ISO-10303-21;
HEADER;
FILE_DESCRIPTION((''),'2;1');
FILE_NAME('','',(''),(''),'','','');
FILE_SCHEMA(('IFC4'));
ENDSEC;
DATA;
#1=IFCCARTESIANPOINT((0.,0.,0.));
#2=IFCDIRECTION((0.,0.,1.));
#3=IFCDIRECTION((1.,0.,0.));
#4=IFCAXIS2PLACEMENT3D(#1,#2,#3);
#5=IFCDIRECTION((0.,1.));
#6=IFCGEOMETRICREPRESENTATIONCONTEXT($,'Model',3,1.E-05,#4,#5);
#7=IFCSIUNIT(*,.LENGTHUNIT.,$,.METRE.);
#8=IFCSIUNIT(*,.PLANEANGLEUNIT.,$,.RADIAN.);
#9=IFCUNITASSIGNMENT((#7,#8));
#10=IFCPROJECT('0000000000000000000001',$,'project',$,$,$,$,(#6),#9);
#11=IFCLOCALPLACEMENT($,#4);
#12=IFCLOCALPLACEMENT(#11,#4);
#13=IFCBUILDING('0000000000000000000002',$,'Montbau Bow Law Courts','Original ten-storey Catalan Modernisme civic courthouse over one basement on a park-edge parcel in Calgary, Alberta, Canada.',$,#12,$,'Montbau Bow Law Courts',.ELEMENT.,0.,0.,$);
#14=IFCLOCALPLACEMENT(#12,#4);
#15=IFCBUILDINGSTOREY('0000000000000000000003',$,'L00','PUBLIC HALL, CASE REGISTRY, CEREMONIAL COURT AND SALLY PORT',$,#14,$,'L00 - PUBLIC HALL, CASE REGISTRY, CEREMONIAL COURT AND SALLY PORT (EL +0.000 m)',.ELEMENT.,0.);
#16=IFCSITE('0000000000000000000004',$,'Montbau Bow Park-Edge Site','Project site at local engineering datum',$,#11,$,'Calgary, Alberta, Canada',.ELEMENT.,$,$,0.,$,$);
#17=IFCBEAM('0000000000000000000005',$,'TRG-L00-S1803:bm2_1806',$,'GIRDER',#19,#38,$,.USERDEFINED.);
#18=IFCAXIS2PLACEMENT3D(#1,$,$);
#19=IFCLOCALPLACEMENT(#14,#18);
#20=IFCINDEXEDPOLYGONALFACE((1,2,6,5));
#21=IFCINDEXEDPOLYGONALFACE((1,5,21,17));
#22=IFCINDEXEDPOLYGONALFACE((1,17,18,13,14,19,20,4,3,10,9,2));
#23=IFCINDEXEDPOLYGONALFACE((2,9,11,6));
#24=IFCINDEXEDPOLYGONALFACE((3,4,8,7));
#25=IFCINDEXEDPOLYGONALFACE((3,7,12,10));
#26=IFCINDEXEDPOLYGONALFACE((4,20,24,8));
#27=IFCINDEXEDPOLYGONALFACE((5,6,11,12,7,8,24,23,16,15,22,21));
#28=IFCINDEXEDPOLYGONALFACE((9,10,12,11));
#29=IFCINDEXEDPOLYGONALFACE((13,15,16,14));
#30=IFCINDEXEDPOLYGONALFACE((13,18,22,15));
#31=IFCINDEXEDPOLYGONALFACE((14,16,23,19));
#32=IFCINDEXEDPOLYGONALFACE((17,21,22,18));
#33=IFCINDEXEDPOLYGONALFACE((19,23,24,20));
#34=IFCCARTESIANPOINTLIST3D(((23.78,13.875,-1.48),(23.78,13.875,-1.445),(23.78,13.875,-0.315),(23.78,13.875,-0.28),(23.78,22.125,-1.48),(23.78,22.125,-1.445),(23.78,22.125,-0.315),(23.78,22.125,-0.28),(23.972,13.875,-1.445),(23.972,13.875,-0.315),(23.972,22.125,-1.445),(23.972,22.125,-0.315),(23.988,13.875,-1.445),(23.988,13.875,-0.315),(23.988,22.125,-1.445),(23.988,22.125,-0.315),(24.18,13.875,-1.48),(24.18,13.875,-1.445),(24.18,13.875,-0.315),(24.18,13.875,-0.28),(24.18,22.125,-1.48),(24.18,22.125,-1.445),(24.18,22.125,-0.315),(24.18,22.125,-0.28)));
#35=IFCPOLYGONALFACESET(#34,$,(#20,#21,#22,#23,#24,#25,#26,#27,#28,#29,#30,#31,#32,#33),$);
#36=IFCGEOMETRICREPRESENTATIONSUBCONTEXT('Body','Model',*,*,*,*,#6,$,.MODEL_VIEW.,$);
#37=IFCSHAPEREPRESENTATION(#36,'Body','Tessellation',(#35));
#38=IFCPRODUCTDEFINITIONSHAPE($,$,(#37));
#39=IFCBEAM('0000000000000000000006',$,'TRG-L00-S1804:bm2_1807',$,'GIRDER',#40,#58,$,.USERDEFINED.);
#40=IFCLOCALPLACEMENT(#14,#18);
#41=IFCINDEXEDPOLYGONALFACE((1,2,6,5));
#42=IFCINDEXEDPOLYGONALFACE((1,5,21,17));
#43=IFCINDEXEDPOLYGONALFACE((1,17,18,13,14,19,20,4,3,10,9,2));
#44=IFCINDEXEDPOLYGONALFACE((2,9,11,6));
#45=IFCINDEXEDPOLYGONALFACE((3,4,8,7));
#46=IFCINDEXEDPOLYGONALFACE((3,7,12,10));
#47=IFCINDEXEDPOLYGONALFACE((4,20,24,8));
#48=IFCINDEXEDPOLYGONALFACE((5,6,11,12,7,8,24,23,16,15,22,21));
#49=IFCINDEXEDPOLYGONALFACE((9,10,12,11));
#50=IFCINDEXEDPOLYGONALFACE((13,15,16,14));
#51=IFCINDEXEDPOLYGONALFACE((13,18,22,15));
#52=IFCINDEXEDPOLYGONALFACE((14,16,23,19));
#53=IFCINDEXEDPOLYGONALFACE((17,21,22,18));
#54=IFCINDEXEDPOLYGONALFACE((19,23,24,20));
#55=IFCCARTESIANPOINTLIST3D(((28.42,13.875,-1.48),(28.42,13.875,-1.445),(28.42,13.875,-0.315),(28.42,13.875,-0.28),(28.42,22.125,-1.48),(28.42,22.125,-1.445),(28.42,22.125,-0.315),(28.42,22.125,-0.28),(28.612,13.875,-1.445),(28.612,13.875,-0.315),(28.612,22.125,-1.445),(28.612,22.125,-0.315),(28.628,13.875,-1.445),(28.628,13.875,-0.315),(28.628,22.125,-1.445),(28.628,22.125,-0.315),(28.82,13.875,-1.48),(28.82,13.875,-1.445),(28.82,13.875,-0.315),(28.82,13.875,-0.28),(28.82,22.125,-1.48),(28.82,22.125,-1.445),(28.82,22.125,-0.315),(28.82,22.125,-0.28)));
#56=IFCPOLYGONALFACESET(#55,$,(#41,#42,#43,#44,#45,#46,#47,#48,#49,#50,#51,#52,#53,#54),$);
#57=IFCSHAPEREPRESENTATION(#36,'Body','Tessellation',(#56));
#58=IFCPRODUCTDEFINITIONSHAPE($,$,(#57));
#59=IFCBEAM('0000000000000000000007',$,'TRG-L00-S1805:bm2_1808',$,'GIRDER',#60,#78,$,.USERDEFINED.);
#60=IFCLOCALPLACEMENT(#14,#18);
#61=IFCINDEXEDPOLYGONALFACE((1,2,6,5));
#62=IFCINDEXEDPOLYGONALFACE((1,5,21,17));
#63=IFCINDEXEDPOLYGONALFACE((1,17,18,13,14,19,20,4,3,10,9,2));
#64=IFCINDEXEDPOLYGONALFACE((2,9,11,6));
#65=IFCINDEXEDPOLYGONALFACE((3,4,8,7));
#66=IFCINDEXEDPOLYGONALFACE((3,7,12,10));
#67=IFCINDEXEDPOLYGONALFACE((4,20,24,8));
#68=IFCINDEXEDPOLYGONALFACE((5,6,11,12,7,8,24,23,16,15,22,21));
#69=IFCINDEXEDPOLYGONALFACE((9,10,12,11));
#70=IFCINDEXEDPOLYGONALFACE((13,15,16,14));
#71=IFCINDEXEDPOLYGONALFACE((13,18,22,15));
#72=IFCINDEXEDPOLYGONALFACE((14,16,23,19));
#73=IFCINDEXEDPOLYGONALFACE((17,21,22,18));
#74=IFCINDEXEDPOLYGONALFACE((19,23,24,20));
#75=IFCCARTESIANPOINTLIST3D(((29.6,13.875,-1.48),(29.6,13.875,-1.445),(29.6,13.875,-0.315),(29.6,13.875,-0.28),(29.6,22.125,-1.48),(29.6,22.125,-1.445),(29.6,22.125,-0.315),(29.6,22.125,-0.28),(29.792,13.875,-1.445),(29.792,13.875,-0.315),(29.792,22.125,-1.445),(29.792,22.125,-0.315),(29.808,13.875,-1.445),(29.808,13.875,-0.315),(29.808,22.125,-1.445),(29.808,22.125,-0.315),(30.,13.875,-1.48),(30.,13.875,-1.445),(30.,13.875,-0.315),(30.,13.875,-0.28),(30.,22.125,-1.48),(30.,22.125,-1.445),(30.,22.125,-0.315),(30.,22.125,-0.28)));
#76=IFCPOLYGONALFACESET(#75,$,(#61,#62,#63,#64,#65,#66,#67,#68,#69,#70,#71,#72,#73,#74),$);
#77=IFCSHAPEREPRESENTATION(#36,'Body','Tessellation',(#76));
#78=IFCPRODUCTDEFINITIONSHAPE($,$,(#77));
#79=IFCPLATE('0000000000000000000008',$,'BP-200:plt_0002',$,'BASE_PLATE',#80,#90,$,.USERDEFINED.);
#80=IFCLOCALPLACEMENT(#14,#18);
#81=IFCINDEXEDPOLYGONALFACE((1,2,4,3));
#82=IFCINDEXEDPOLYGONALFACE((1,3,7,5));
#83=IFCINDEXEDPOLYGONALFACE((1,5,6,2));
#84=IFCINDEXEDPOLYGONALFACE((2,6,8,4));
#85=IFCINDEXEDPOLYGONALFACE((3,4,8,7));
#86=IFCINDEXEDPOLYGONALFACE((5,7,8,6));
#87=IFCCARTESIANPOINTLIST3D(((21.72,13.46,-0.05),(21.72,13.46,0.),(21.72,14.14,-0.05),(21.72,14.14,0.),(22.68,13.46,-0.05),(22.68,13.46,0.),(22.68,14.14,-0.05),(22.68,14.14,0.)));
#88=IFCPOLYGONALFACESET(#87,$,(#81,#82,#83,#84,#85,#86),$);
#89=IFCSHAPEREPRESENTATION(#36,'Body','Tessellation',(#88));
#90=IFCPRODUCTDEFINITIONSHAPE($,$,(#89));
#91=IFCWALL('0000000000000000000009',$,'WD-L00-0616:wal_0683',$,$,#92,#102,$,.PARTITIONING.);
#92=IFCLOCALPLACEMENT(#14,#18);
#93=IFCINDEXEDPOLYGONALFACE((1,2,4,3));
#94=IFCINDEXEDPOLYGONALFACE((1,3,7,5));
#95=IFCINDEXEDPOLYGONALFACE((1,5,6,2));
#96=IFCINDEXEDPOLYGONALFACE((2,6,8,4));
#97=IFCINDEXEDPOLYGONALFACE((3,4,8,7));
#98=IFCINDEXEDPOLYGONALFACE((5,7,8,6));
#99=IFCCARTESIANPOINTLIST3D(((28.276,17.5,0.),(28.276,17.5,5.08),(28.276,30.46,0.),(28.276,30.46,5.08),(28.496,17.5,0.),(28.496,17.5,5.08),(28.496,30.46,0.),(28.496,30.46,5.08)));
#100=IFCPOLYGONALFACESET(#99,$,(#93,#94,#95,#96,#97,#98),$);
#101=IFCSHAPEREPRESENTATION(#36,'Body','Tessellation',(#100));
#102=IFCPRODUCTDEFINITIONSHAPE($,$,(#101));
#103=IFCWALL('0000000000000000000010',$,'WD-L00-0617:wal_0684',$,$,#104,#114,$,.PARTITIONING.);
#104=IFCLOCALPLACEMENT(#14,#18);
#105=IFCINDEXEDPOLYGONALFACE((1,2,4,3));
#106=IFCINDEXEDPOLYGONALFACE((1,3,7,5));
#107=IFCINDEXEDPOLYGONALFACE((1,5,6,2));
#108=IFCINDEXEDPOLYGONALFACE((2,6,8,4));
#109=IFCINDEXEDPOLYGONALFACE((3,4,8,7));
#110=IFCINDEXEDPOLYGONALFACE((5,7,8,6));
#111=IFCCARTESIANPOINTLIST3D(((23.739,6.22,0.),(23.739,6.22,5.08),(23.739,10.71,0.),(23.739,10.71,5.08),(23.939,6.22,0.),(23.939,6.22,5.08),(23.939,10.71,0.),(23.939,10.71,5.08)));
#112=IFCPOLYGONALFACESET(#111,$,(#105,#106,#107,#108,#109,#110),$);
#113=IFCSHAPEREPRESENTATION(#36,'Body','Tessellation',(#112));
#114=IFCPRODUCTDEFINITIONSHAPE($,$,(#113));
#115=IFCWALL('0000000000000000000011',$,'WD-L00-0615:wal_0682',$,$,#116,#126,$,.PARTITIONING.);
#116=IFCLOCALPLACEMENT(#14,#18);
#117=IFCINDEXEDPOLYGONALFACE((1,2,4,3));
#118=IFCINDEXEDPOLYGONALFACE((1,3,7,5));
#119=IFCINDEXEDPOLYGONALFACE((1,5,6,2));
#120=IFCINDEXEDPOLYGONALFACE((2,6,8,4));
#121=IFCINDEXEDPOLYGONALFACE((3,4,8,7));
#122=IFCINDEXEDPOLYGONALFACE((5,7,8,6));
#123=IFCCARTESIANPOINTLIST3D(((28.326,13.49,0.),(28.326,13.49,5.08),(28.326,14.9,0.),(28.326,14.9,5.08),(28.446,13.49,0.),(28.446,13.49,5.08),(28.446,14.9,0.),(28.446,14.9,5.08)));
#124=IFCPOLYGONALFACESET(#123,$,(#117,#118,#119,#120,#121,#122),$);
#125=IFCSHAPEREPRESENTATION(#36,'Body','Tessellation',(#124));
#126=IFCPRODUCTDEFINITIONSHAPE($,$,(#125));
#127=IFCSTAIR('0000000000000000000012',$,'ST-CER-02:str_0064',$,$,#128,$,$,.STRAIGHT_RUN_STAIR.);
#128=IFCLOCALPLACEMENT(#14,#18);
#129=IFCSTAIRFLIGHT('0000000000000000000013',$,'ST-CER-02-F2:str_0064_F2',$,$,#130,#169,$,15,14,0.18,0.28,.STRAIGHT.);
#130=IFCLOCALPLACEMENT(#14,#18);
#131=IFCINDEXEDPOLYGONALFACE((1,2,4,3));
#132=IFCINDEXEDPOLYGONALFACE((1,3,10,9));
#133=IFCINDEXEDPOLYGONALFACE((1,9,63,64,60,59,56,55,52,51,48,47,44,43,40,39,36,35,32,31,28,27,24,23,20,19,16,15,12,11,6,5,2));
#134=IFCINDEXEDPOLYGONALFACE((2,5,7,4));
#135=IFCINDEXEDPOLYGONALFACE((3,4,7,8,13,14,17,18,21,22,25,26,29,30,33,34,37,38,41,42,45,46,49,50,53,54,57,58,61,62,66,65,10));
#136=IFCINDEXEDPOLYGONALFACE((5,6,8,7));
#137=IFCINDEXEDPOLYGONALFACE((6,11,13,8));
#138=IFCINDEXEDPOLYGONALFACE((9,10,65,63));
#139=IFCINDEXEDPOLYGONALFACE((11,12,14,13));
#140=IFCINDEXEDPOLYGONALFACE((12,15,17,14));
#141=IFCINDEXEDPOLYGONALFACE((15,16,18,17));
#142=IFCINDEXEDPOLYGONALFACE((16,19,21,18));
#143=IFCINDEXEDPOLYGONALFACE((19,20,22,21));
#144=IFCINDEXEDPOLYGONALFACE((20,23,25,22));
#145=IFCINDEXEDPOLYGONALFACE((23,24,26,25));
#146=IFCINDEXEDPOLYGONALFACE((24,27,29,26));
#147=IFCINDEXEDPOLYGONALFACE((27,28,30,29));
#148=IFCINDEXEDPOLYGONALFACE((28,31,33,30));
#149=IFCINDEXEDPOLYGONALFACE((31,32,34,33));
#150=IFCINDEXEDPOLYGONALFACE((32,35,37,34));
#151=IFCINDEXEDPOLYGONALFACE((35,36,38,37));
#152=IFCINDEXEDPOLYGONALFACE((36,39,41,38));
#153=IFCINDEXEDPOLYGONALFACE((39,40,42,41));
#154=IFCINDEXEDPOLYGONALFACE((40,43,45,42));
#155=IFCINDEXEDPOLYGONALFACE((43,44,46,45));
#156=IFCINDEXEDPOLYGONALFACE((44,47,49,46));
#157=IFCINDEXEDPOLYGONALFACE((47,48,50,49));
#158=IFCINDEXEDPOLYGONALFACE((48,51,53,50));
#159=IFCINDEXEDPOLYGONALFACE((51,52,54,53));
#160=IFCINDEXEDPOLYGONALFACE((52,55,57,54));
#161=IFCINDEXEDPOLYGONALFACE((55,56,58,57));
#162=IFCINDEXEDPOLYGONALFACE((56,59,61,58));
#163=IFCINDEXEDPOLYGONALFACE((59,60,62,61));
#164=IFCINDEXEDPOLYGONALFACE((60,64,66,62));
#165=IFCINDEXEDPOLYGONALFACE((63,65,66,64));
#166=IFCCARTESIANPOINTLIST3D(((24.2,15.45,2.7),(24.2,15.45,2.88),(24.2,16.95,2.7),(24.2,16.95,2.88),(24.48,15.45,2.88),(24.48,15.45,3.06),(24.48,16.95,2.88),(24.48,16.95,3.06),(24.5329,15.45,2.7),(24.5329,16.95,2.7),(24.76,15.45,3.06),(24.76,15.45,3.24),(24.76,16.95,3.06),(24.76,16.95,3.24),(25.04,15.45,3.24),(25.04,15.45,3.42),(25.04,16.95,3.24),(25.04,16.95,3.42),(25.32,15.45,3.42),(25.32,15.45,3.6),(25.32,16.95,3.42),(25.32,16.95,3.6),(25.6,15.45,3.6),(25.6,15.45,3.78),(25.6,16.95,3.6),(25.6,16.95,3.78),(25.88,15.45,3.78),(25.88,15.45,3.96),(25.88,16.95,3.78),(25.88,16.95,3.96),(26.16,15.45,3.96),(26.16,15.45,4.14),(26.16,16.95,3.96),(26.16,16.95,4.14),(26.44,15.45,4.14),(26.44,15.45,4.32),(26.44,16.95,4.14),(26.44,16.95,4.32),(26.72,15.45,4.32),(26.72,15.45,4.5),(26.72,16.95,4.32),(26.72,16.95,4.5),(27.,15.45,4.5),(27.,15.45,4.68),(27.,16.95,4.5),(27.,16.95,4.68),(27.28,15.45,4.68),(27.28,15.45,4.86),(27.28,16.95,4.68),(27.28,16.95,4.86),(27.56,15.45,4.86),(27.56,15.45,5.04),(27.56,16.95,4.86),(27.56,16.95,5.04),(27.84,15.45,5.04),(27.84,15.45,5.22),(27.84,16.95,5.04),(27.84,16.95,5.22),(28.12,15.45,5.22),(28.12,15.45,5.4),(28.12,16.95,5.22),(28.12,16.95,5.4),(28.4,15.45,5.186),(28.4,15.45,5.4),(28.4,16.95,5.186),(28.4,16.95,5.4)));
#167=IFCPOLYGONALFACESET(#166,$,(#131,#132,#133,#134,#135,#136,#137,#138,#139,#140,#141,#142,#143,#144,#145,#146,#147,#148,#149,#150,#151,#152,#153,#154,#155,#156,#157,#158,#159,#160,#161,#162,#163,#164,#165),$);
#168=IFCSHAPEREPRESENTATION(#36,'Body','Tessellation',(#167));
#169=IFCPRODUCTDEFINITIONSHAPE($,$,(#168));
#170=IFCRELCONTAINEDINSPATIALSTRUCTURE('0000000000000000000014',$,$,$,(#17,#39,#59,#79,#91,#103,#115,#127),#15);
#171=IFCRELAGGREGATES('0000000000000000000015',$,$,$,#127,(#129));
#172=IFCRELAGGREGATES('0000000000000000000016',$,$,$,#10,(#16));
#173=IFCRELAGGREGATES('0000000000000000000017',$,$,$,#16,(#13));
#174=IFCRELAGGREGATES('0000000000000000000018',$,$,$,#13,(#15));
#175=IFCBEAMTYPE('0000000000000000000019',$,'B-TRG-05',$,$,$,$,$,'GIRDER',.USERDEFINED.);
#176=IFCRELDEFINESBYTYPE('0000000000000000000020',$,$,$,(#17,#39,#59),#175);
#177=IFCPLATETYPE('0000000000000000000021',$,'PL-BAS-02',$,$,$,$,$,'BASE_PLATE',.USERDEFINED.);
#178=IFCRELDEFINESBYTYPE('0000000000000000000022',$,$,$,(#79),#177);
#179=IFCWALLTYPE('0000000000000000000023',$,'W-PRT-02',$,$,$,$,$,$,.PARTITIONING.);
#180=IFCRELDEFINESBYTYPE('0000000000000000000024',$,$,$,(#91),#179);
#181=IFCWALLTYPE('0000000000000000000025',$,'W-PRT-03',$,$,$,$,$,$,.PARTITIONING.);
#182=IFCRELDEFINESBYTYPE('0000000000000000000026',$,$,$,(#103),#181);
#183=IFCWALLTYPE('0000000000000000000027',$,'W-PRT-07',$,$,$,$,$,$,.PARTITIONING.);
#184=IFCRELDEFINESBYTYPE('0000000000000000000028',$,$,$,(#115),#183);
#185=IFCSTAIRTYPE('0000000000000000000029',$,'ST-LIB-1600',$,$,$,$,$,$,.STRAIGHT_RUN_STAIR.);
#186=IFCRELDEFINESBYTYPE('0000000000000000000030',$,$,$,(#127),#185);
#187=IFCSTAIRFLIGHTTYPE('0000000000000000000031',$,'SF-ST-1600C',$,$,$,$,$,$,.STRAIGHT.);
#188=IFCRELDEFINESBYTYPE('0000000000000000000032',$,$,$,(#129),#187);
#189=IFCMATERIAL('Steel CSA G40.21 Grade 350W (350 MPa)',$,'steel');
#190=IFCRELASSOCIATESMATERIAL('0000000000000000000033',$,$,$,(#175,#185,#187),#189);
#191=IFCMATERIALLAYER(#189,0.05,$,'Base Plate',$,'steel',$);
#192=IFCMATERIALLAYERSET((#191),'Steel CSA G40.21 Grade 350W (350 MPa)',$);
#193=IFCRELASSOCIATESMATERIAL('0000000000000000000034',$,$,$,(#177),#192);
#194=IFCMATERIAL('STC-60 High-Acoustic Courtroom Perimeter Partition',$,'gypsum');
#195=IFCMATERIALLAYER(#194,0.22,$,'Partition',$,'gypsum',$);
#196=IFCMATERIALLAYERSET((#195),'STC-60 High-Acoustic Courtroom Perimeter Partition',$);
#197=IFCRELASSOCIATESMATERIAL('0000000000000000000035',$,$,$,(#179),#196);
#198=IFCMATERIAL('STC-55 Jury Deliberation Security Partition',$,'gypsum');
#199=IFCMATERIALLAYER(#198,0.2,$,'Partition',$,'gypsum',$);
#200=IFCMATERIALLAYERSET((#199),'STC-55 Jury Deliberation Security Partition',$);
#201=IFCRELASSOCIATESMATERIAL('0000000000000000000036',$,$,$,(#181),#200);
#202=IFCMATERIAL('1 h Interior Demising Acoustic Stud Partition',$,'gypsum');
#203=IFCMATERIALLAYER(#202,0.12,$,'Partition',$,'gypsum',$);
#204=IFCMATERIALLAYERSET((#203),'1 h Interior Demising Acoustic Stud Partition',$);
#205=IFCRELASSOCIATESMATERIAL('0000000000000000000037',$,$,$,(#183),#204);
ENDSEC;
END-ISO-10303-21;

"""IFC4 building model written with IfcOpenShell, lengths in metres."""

from ifc_helpers import new_model, si_unit, direction, frame, frame_2d, origin_with_axes, origin_2d_with_axis, place, context, subcontext, project, spatial, polyline, rectangle, i_section, outline, extrude, material, layer, layer_set, material_profile, profile_set, type_object, element, aggregate, save


model = new_model("IFC4")

# Units and contexts
model_context = context("Model", 3, precision=1e-05, world=origin_with_axes(), true_north=direction((0.0, 1.0)))
body_context = subcontext(model_context, "Body", "Model", "MODEL_VIEW")
ifc_project = project(units=[si_unit("LENGTHUNIT", "METRE"), si_unit("PLANEANGLEUNIT", "RADIAN")], contexts=[model_context])

# Site, building, storey
site_placement = place(None, origin_with_axes())
site = spatial("IfcSite", under=ifc_project, at=site_placement, Name="Montbau Bow Park-Edge Site", Description="Project site at local engineering datum", LongName="Calgary, Alberta, Canada", CompositionType="ELEMENT", RefElevation=0.0)
building_placement = place(site_placement, origin_with_axes())
building = spatial("IfcBuilding", under=site, at=building_placement, Name="Montbau Bow Law Courts", Description="Original ten-storey Catalan Modernisme civic courthouse over one basement on a park-edge parcel in Calgary, Alberta, Canada.", LongName="Montbau Bow Law Courts", CompositionType="ELEMENT", ElevationOfRefHeight=0.0, ElevationOfTerrain=0.0)
storey_placement = place(building_placement, origin_with_axes())
storey = spatial("IfcBuildingStorey", under=building, at=storey_placement, Name="L00", Description="PUBLIC HALL, CASE REGISTRY, CEREMONIAL COURT AND SALLY PORT", LongName="L00 - PUBLIC HALL, CASE REGISTRY, CEREMONIAL COURT AND SALLY PORT (EL +0.000 m)", CompositionType="ELEMENT", Elevation=0.0)

# Shared definitions
ifc_material_1 = material(Name="Steel CSA G40.21 Grade 350W (350 MPa)", Category="steel")

# Beams
ifc_material_profile_1 = material_profile(ifc_material_1, i_section(OverallWidth=0.4, OverallDepth=1.2, WebThickness=0.016, FlangeThickness=0.035, at=origin_2d_with_axis()), Name="WWF1200X302", Category="Main", Priority=0)
ifc_profile_set_1 = profile_set([ifc_material_profile_1], Name="Steel CSA G40.21 Grade 350W (350 MPa)")
beam_type_1 = type_object("IfcBeamType", Name="B-TRG-05", ElementType="GIRDER", PredefinedType="USERDEFINED", material=ifc_profile_set_1)
for number, where, z_axis, x_axis, name in (
    (1, (23.98, 13.875, -0.88), (0.0, 1.0, 0.0), (-1.0, 0.0, 0.0), "TRG-L00-S1803:bm2_1806"),
    (2, (28.62, 13.875, -0.88), (0.0, 1.0, 0.0), (-1.0, 0.0, 0.0), "TRG-L00-S1804:bm2_1807"),
    (3, (29.8, 13.875, -0.88), (0.0, 1.0, 0.0), (-1.0, 0.0, 0.0), "TRG-L00-S1805:bm2_1808"),
):
    element("IfcBeam", number, at=place(None, frame(where, z_axis=z_axis, x_axis=x_axis)), inside=storey, type_object=beam_type_1, Name=name, ObjectType="GIRDER", PredefinedType="USERDEFINED", context=body_context, shape_type="SweptSolid", body=[
        extrude(i_section(OverallWidth=0.4, OverallDepth=1.2, WebThickness=0.016, FlangeThickness=0.035, at=origin_2d_with_axis()), origin_with_axes(), (0.0, 0.0, 1.0), 8.25),
    ])

# Plate
ifc_layer_1 = layer(ifc_material_1, 0.05, Name="Base Plate", Category="steel")
ifc_layer_set_1 = layer_set([ifc_layer_1], Name="Steel CSA G40.21 Grade 350W (350 MPa)")
plate_type = type_object("IfcPlateType", Name="PL-BAS-02", ElementType="BASE_PLATE", PredefinedType="USERDEFINED", material=ifc_layer_set_1)
plate_placement = place(None, frame((22.2, 13.8, -0.05), z_axis=(0.0, 0.0, 1.0), x_axis=(1.0, 0.0, 0.0)))
element("IfcPlate", 4, at=plate_placement, inside=storey, type_object=plate_type, Name="BP-200:plt_0002", ObjectType="BASE_PLATE", PredefinedType="USERDEFINED", context=body_context, shape_type="SweptSolid", body=[
    extrude(rectangle(XDim=0.96, YDim=0.68, at=origin_2d_with_axis()), origin_with_axes(), (0.0, 0.0, 1.0), 0.05),
])

# Walls
ifc_material_2 = material(Name="STC-60 High-Acoustic Courtroom Perimeter Partition", Category="gypsum")
ifc_layer_2 = layer(ifc_material_2, 0.22, Name="Partition", Category="gypsum")
ifc_layer_set_2 = layer_set([ifc_layer_2], Name="STC-60 High-Acoustic Courtroom Perimeter Partition")
wall_type_1 = type_object("IfcWallType", Name="W-PRT-02", PredefinedType="PARTITIONING", material=ifc_layer_set_2)
wall_1_placement = place(None, frame((28.386, 17.5, 0.0), z_axis=(0.0, 0.0, 1.0), x_axis=(0.0, 1.0, 0.0)))
element("IfcWall", 5, at=wall_1_placement, inside=storey, type_object=wall_type_1, Name="WD-L00-0616:wal_0683", PredefinedType="PARTITIONING", context=body_context, shape_type="SweptSolid", body=[
    extrude(rectangle(XDim=12.96, YDim=0.22, at=frame_2d((6.48, 0.0), x_axis=(1.0, 0.0))), origin_with_axes(), (0.0, 0.0, 1.0), 5.08),
])
ifc_material_3 = material(Name="STC-55 Jury Deliberation Security Partition", Category="gypsum")
ifc_layer_3 = layer(ifc_material_3, 0.2, Name="Partition", Category="gypsum")
ifc_layer_set_3 = layer_set([ifc_layer_3], Name="STC-55 Jury Deliberation Security Partition")
wall_type_2 = type_object("IfcWallType", Name="W-PRT-03", PredefinedType="PARTITIONING", material=ifc_layer_set_3)
wall_2_placement = place(None, frame((23.839, 6.22, 0.0), z_axis=(0.0, 0.0, 1.0), x_axis=(0.0, 1.0, 0.0)))
element("IfcWall", 6, at=wall_2_placement, inside=storey, type_object=wall_type_2, Name="WD-L00-0617:wal_0684", PredefinedType="PARTITIONING", context=body_context, shape_type="SweptSolid", body=[
    extrude(rectangle(XDim=4.49, YDim=0.2, at=frame_2d((2.245, 0.0), x_axis=(1.0, 0.0))), origin_with_axes(), (0.0, 0.0, 1.0), 5.08),
])
ifc_material_4 = material(Name="1 h Interior Demising Acoustic Stud Partition", Category="gypsum")
ifc_layer_4 = layer(ifc_material_4, 0.12, Name="Partition", Category="gypsum")
ifc_layer_set_4 = layer_set([ifc_layer_4], Name="1 h Interior Demising Acoustic Stud Partition")
wall_type_3 = type_object("IfcWallType", Name="W-PRT-07", PredefinedType="PARTITIONING", material=ifc_layer_set_4)
wall_3_placement = place(None, frame((28.386, 13.49, 0.0), z_axis=(0.0, 0.0, 1.0), x_axis=(0.0, 1.0, 0.0)))
element("IfcWall", 7, at=wall_3_placement, inside=storey, type_object=wall_type_3, Name="WD-L00-0615:wal_0682", PredefinedType="PARTITIONING", context=body_context, shape_type="SweptSolid", body=[
    extrude(rectangle(XDim=1.41, YDim=0.12, at=frame_2d((0.705, 0.0), x_axis=(1.0, 0.0))), origin_with_axes(), (0.0, 0.0, 1.0), 5.08),
])

# Stair, stair flight
stair_type = type_object("IfcStairType", Name="ST-LIB-1600", PredefinedType="STRAIGHT_RUN_STAIR", material=ifc_material_1)
stair_placement = place(None, frame((17.95, 16.2, 0.0), z_axis=(0.0, 0.0, 1.0), x_axis=(1.0, 0.0, 0.0)))
stair = element("IfcStair", 8, at=stair_placement, inside=storey, type_object=stair_type, Name="ST-CER-02:str_0064", PredefinedType="STRAIGHT_RUN_STAIR")
stair_flight_type = type_object("IfcStairFlightType", Name="SF-ST-1600C", PredefinedType="STRAIGHT", material=ifc_material_1)
stair_flight_placement = place(None, frame((24.2, 16.2, 2.7), z_axis=(0.0, 0.0, 1.0), x_axis=(1.0, 0.0, 0.0)))
stair_flight = element("IfcStairFlight", 9, at=stair_flight_placement, type_object=stair_flight_type, Name="ST-CER-02-F2:str_0064_F2", NumberOfRisers=15, NumberOfTreads=14, PredefinedType="STRAIGHT", RiserHeight=0.18, TreadLength=0.28, context=body_context, shape_type="SweptSolid", body=[
    extrude(outline(polyline([(0.0, 0.0), (0.0, 0.18), (0.28, 0.18), (0.28, 0.36), (0.56, 0.36), (0.56, 0.54), (0.84, 0.54), (0.84, 0.72), (1.12, 0.72), (1.12, 0.9), (1.4, 0.9), (1.4, 1.08), (1.68, 1.08), (1.68, 1.26), (1.96, 1.26), (1.96, 1.44), (2.24, 1.44), (2.24, 1.62), (2.52, 1.62), (2.52, 1.8), (2.8, 1.8), (2.8, 1.98), (3.08, 1.98), (3.08, 2.16), (3.36, 2.16), (3.36, 2.34), (3.64, 2.34), (3.64, 2.52), (3.92, 2.52), (3.92, 2.7), (4.2, 2.7), (4.2, 2.486), (0.3329, 0.0), (0.0, 0.0)])), frame((0.0, 0.75, 0.0), z_axis=(0.0, -1.0, 0.0), x_axis=(1.0, 0.0, 0.0)), (0.0, 0.0, 1.0), 1.5),
])
aggregate(stair, [stair_flight])

save(model, "model.ifc")
